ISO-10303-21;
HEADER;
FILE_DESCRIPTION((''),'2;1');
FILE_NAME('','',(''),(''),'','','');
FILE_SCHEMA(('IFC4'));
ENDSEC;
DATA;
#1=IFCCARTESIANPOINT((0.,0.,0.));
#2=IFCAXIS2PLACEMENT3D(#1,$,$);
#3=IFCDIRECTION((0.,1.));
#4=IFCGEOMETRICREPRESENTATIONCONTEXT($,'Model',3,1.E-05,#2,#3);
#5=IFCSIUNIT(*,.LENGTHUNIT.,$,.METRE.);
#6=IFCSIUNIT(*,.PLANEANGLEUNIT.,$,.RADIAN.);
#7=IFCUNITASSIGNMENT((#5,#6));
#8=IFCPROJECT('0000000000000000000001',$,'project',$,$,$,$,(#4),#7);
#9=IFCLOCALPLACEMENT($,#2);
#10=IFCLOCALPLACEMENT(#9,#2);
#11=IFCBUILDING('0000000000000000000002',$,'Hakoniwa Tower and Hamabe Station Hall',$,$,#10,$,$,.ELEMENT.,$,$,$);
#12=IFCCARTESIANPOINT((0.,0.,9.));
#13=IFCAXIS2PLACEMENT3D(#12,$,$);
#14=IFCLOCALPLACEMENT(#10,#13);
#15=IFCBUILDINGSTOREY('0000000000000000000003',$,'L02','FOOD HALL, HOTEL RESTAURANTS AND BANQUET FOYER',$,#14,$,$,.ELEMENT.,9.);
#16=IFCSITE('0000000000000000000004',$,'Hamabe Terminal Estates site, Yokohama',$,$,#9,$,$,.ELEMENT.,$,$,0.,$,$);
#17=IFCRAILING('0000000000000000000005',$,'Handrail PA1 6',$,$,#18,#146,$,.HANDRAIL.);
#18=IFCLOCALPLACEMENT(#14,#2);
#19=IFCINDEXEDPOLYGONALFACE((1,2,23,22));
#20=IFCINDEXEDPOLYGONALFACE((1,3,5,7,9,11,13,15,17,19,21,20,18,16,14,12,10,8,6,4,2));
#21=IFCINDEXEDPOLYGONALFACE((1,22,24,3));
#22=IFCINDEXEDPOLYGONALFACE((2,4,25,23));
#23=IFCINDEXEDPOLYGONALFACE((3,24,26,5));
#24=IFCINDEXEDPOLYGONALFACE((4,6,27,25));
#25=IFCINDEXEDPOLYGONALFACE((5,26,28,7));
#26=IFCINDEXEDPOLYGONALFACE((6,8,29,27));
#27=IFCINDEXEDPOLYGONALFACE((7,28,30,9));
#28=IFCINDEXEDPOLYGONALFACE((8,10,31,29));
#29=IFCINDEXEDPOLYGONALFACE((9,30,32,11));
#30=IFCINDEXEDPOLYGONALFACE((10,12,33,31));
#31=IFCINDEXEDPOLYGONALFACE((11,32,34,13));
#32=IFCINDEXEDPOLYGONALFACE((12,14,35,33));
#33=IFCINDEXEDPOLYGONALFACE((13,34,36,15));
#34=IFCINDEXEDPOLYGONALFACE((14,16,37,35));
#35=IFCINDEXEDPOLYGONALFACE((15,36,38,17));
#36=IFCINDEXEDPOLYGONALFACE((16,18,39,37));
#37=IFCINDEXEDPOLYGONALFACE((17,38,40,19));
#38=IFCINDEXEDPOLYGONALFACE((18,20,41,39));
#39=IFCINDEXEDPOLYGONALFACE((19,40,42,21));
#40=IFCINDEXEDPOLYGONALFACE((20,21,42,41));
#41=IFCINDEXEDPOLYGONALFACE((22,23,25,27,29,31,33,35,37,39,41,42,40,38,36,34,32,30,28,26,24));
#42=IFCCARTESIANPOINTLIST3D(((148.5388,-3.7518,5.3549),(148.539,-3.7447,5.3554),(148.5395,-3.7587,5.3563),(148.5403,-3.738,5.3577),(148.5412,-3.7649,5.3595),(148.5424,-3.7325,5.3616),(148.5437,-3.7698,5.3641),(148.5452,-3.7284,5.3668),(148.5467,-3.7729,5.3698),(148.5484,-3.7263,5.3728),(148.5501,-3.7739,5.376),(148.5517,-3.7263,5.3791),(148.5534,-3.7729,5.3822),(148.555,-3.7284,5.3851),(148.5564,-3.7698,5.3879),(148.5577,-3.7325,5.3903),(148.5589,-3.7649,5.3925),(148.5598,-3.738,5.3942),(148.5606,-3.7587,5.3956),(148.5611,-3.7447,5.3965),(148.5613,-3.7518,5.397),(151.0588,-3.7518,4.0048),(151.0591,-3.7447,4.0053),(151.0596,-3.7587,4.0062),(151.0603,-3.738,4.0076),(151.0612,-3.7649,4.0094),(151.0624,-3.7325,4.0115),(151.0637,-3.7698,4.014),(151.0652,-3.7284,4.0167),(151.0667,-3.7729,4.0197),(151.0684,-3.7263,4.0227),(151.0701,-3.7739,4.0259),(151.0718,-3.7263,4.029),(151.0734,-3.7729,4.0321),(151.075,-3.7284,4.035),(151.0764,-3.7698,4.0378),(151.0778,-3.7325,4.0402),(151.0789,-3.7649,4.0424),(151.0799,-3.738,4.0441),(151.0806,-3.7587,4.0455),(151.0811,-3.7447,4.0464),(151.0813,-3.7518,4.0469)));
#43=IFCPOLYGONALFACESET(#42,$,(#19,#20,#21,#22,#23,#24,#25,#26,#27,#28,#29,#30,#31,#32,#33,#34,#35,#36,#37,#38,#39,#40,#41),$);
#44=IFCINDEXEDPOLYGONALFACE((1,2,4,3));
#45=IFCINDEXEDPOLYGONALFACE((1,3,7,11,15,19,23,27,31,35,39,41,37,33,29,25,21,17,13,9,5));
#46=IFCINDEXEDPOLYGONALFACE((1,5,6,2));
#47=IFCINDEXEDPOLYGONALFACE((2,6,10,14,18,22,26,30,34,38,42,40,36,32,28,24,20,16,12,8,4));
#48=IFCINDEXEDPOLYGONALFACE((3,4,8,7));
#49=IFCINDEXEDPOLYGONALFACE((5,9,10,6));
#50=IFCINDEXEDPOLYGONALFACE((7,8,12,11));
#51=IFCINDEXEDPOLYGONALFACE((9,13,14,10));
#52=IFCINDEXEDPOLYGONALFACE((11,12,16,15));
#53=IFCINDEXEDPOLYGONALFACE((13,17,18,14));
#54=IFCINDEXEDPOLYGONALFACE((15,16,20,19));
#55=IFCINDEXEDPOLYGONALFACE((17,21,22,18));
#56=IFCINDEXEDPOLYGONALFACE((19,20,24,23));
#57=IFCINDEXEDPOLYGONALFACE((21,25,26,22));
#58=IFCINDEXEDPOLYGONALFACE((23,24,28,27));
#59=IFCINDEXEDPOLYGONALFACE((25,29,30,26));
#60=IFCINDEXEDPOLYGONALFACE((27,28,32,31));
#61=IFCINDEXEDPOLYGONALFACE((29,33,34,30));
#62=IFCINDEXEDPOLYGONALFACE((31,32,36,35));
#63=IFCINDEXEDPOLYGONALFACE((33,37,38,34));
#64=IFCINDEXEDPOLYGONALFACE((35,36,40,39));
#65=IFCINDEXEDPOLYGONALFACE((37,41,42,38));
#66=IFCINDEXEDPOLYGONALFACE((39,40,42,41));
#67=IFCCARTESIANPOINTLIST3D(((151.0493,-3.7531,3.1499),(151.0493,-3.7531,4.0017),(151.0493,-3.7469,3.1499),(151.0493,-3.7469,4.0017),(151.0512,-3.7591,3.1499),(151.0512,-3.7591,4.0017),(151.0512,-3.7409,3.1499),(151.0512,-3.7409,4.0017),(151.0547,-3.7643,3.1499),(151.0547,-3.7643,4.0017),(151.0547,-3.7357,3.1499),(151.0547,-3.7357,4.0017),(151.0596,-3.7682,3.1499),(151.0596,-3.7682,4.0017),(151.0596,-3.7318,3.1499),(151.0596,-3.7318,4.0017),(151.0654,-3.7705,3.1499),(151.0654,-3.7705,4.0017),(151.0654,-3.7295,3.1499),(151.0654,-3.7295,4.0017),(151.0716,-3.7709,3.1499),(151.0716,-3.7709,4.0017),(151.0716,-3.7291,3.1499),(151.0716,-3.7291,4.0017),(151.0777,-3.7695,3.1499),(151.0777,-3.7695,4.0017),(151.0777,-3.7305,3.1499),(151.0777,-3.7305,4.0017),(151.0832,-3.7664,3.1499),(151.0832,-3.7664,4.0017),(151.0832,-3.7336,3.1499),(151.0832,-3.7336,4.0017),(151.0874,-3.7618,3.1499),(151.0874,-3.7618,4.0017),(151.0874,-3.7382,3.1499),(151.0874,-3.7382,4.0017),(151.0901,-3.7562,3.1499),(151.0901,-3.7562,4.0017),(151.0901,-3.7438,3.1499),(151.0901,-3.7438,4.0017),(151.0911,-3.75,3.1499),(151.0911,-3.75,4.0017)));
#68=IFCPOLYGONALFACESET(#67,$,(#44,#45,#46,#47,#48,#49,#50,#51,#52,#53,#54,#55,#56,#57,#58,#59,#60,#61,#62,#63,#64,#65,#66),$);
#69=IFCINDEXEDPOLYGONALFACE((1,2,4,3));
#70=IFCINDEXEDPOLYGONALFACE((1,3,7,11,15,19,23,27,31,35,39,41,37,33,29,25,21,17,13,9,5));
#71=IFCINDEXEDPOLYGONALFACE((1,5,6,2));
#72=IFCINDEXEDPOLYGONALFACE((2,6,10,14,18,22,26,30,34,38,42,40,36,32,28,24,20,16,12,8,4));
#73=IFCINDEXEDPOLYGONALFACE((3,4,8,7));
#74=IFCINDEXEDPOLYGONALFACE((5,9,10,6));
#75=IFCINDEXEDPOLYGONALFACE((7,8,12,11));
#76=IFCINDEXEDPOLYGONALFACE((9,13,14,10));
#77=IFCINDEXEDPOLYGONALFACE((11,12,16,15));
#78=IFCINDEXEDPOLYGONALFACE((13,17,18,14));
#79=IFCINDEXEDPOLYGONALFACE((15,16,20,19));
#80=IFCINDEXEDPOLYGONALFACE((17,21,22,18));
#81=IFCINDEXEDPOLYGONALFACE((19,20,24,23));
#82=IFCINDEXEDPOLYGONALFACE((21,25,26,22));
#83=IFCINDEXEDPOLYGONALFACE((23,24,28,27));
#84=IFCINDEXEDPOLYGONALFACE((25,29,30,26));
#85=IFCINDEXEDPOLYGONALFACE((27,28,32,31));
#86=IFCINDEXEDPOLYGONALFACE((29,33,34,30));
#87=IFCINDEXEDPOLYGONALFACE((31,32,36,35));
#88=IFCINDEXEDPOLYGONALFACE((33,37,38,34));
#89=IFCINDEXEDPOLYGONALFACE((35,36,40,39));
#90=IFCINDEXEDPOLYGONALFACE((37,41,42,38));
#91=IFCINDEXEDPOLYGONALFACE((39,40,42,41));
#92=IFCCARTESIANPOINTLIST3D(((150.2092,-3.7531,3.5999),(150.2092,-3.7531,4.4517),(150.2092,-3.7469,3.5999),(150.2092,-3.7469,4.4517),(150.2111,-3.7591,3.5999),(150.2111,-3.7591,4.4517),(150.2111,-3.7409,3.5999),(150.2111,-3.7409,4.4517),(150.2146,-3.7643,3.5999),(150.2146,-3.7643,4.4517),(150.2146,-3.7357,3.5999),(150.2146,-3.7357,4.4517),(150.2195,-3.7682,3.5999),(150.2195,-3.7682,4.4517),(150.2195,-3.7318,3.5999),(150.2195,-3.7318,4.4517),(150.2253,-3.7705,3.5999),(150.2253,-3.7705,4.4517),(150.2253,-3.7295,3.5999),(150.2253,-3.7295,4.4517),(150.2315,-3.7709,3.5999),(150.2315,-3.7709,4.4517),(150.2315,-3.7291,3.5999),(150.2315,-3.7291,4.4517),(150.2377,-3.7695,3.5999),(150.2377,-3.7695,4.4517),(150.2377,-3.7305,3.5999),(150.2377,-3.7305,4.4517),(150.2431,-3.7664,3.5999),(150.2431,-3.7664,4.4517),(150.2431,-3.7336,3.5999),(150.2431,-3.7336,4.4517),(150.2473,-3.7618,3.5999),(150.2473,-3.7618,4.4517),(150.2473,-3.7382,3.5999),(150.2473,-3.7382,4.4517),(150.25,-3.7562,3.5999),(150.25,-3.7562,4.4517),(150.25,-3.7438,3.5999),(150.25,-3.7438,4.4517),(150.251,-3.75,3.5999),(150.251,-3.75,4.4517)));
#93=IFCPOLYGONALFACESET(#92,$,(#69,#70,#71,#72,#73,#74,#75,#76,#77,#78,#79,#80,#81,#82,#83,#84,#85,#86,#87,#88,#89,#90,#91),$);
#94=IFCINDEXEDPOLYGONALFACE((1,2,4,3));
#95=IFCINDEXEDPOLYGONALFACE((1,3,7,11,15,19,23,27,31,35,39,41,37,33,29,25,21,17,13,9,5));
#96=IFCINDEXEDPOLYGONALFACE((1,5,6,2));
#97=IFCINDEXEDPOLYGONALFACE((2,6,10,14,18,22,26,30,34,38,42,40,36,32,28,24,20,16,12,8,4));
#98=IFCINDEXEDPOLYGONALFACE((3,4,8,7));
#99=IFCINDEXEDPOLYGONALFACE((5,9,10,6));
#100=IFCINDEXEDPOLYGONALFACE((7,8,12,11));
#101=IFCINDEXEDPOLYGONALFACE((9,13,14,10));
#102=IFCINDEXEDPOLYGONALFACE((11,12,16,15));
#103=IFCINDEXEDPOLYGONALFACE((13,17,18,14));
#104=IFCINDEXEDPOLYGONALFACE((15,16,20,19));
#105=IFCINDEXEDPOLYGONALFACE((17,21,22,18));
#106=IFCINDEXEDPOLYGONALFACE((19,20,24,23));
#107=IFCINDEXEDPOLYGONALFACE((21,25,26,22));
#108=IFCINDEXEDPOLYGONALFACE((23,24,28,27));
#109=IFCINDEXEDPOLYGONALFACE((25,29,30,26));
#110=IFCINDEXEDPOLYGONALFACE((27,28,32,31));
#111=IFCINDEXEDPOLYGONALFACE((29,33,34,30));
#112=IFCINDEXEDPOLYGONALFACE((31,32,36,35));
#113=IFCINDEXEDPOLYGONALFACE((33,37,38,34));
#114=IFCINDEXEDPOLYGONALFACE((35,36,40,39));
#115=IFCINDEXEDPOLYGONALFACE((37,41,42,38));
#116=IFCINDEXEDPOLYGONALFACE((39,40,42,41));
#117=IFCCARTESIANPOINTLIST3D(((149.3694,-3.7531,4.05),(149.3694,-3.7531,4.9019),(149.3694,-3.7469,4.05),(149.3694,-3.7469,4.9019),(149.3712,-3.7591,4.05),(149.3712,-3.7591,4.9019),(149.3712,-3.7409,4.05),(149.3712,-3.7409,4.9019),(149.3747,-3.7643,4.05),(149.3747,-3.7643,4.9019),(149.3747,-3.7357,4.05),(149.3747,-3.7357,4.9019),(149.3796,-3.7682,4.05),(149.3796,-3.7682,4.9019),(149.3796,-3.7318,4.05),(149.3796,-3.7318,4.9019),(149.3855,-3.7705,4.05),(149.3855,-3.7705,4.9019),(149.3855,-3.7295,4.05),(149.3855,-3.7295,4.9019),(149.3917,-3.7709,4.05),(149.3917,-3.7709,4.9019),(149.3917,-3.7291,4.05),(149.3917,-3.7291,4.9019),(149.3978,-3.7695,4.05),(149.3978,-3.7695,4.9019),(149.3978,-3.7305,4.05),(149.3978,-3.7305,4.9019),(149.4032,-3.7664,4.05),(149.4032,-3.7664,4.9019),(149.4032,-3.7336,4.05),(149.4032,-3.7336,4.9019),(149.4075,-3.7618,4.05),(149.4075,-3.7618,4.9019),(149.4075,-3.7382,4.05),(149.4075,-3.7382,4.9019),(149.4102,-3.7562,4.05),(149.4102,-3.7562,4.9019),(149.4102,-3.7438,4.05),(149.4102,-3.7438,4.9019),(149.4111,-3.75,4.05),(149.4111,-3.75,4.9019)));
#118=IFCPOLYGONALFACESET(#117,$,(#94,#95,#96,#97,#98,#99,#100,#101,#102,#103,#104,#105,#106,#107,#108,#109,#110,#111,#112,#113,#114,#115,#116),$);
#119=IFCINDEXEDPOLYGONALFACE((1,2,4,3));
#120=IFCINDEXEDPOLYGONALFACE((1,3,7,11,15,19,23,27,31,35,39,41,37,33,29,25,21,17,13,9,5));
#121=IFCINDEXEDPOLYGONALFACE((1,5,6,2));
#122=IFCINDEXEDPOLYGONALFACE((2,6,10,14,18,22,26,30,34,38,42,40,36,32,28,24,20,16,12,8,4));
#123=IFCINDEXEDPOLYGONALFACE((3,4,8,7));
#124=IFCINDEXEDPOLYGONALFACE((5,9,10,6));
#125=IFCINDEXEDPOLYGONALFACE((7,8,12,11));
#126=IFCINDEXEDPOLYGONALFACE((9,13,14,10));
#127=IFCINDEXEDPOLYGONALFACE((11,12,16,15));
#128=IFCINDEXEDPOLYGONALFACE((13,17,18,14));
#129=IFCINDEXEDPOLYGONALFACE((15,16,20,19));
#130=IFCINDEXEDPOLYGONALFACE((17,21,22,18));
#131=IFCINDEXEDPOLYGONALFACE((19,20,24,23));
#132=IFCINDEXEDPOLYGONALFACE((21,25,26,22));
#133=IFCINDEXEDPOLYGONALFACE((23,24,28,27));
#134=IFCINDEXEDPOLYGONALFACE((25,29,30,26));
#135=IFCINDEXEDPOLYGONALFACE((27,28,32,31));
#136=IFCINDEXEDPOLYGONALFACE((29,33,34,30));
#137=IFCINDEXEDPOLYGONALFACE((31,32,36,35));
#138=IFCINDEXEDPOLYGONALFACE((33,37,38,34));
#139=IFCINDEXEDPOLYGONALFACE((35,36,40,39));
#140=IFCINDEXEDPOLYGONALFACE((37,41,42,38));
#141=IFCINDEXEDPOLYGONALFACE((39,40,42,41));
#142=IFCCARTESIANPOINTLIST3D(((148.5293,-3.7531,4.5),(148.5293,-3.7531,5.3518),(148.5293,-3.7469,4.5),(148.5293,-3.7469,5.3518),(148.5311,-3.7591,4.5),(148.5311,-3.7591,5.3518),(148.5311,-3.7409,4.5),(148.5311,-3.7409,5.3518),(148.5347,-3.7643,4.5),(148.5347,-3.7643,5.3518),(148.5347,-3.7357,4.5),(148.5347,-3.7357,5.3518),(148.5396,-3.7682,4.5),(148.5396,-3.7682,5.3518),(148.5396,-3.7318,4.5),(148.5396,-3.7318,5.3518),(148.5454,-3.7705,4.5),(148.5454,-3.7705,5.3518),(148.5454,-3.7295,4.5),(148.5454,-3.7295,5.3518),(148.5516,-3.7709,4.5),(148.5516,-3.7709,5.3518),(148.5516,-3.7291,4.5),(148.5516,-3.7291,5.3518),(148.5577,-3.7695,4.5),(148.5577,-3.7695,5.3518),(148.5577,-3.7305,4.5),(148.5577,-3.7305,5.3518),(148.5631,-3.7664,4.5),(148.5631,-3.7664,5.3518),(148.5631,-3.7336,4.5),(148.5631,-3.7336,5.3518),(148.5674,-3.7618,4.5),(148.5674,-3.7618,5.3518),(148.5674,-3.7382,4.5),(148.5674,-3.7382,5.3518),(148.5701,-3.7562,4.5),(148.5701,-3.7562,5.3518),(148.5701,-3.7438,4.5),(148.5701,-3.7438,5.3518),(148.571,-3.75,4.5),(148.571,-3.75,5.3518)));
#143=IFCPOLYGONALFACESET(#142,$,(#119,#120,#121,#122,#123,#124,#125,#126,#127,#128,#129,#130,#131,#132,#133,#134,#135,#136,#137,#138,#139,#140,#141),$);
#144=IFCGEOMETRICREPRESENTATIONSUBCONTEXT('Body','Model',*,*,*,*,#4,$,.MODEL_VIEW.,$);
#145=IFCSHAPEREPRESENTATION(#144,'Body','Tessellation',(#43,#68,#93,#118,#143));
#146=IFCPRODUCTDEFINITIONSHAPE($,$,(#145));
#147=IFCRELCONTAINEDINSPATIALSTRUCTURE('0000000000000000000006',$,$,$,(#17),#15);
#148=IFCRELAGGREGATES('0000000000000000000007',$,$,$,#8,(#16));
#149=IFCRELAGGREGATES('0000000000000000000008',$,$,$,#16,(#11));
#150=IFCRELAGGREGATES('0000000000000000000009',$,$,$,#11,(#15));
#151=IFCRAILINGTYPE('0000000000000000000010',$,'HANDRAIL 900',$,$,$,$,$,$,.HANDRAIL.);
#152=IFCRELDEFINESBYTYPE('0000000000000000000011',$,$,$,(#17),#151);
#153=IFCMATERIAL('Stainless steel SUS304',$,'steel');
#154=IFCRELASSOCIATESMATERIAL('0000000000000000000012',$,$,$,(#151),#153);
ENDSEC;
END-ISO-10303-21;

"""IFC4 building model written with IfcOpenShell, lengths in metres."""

from ifc_helpers import new_model, si_unit, direction, frame, origin, origin_2d, place, context, subcontext, project, spatial, circle, extrude, material, type_object, element, save


model = new_model("IFC4")

# Units and contexts
model_context = context("Model", 3, precision=1e-05, world=origin(), true_north=direction((0.0, 1.0)))
body_context = subcontext(model_context, "Body", "Model", "MODEL_VIEW")
ifc_project = project(units=[si_unit("LENGTHUNIT", "METRE"), si_unit("PLANEANGLEUNIT", "RADIAN")], contexts=[model_context])

# Site, building, storey
site_placement = place(None, origin())
site = spatial("IfcSite", under=ifc_project, at=site_placement, Name="Hamabe Terminal Estates site, Yokohama", CompositionType="ELEMENT", RefElevation=0.0)
building_placement = place(site_placement, origin())
building = spatial("IfcBuilding", under=site, at=building_placement, Name="Hakoniwa Tower and Hamabe Station Hall", CompositionType="ELEMENT")
storey_placement = place(building_placement, frame((0.0, 0.0, 9.0)))
storey = spatial("IfcBuildingStorey", under=building, at=storey_placement, Name="L02", Description="FOOD HALL, HOTEL RESTAURANTS AND BANQUET FOYER", CompositionType="ELEMENT", Elevation=9.0)

# Railing
ifc_material_1 = material(Name="Stainless steel SUS304", Category="steel")
railing_type_1 = type_object("IfcRailingType", Name="HANDRAIL 900", PredefinedType="HANDRAIL", material=ifc_material_1)
railing_1_placement = place(storey_placement, frame((151.0701, -3.75, 3.1499)))
element("IfcRailing", 1, at=railing_1_placement, inside=storey, type_object=railing_type_1, Name="Handrail PA1 6", PredefinedType="HANDRAIL", context=body_context, shape_type="SweptSolid", body=[
    extrude(circle(Radius=0.0239, at=origin_2d()), frame((0.0, 0.0, 0.876), z_axis=(-0.881467, 0.0, 0.472245), x_axis=(0.0, -1.0, 0.0)), (0.0, 0.0, 1.0), 2.8589),
    extrude(circle(Radius=0.021, at=origin_2d()), origin(), (0.0, 0.0, 1.0), 0.8518),
    extrude(circle(Radius=0.021, at=origin_2d()), frame((-0.8401, 0.0, 0.45)), (0.0, 0.0, 1.0), 0.8518),
    extrude(circle(Radius=0.021, at=origin_2d()), frame((-1.6799, 0.0, 0.9001)), (0.0, 0.0, 1.0), 0.8518),
    extrude(circle(Radius=0.021, at=origin_2d()), frame((-2.52, 0.0, 1.3501)), (0.0, 0.0, 1.0), 0.8518),
])

save(model, "model.ifc")
